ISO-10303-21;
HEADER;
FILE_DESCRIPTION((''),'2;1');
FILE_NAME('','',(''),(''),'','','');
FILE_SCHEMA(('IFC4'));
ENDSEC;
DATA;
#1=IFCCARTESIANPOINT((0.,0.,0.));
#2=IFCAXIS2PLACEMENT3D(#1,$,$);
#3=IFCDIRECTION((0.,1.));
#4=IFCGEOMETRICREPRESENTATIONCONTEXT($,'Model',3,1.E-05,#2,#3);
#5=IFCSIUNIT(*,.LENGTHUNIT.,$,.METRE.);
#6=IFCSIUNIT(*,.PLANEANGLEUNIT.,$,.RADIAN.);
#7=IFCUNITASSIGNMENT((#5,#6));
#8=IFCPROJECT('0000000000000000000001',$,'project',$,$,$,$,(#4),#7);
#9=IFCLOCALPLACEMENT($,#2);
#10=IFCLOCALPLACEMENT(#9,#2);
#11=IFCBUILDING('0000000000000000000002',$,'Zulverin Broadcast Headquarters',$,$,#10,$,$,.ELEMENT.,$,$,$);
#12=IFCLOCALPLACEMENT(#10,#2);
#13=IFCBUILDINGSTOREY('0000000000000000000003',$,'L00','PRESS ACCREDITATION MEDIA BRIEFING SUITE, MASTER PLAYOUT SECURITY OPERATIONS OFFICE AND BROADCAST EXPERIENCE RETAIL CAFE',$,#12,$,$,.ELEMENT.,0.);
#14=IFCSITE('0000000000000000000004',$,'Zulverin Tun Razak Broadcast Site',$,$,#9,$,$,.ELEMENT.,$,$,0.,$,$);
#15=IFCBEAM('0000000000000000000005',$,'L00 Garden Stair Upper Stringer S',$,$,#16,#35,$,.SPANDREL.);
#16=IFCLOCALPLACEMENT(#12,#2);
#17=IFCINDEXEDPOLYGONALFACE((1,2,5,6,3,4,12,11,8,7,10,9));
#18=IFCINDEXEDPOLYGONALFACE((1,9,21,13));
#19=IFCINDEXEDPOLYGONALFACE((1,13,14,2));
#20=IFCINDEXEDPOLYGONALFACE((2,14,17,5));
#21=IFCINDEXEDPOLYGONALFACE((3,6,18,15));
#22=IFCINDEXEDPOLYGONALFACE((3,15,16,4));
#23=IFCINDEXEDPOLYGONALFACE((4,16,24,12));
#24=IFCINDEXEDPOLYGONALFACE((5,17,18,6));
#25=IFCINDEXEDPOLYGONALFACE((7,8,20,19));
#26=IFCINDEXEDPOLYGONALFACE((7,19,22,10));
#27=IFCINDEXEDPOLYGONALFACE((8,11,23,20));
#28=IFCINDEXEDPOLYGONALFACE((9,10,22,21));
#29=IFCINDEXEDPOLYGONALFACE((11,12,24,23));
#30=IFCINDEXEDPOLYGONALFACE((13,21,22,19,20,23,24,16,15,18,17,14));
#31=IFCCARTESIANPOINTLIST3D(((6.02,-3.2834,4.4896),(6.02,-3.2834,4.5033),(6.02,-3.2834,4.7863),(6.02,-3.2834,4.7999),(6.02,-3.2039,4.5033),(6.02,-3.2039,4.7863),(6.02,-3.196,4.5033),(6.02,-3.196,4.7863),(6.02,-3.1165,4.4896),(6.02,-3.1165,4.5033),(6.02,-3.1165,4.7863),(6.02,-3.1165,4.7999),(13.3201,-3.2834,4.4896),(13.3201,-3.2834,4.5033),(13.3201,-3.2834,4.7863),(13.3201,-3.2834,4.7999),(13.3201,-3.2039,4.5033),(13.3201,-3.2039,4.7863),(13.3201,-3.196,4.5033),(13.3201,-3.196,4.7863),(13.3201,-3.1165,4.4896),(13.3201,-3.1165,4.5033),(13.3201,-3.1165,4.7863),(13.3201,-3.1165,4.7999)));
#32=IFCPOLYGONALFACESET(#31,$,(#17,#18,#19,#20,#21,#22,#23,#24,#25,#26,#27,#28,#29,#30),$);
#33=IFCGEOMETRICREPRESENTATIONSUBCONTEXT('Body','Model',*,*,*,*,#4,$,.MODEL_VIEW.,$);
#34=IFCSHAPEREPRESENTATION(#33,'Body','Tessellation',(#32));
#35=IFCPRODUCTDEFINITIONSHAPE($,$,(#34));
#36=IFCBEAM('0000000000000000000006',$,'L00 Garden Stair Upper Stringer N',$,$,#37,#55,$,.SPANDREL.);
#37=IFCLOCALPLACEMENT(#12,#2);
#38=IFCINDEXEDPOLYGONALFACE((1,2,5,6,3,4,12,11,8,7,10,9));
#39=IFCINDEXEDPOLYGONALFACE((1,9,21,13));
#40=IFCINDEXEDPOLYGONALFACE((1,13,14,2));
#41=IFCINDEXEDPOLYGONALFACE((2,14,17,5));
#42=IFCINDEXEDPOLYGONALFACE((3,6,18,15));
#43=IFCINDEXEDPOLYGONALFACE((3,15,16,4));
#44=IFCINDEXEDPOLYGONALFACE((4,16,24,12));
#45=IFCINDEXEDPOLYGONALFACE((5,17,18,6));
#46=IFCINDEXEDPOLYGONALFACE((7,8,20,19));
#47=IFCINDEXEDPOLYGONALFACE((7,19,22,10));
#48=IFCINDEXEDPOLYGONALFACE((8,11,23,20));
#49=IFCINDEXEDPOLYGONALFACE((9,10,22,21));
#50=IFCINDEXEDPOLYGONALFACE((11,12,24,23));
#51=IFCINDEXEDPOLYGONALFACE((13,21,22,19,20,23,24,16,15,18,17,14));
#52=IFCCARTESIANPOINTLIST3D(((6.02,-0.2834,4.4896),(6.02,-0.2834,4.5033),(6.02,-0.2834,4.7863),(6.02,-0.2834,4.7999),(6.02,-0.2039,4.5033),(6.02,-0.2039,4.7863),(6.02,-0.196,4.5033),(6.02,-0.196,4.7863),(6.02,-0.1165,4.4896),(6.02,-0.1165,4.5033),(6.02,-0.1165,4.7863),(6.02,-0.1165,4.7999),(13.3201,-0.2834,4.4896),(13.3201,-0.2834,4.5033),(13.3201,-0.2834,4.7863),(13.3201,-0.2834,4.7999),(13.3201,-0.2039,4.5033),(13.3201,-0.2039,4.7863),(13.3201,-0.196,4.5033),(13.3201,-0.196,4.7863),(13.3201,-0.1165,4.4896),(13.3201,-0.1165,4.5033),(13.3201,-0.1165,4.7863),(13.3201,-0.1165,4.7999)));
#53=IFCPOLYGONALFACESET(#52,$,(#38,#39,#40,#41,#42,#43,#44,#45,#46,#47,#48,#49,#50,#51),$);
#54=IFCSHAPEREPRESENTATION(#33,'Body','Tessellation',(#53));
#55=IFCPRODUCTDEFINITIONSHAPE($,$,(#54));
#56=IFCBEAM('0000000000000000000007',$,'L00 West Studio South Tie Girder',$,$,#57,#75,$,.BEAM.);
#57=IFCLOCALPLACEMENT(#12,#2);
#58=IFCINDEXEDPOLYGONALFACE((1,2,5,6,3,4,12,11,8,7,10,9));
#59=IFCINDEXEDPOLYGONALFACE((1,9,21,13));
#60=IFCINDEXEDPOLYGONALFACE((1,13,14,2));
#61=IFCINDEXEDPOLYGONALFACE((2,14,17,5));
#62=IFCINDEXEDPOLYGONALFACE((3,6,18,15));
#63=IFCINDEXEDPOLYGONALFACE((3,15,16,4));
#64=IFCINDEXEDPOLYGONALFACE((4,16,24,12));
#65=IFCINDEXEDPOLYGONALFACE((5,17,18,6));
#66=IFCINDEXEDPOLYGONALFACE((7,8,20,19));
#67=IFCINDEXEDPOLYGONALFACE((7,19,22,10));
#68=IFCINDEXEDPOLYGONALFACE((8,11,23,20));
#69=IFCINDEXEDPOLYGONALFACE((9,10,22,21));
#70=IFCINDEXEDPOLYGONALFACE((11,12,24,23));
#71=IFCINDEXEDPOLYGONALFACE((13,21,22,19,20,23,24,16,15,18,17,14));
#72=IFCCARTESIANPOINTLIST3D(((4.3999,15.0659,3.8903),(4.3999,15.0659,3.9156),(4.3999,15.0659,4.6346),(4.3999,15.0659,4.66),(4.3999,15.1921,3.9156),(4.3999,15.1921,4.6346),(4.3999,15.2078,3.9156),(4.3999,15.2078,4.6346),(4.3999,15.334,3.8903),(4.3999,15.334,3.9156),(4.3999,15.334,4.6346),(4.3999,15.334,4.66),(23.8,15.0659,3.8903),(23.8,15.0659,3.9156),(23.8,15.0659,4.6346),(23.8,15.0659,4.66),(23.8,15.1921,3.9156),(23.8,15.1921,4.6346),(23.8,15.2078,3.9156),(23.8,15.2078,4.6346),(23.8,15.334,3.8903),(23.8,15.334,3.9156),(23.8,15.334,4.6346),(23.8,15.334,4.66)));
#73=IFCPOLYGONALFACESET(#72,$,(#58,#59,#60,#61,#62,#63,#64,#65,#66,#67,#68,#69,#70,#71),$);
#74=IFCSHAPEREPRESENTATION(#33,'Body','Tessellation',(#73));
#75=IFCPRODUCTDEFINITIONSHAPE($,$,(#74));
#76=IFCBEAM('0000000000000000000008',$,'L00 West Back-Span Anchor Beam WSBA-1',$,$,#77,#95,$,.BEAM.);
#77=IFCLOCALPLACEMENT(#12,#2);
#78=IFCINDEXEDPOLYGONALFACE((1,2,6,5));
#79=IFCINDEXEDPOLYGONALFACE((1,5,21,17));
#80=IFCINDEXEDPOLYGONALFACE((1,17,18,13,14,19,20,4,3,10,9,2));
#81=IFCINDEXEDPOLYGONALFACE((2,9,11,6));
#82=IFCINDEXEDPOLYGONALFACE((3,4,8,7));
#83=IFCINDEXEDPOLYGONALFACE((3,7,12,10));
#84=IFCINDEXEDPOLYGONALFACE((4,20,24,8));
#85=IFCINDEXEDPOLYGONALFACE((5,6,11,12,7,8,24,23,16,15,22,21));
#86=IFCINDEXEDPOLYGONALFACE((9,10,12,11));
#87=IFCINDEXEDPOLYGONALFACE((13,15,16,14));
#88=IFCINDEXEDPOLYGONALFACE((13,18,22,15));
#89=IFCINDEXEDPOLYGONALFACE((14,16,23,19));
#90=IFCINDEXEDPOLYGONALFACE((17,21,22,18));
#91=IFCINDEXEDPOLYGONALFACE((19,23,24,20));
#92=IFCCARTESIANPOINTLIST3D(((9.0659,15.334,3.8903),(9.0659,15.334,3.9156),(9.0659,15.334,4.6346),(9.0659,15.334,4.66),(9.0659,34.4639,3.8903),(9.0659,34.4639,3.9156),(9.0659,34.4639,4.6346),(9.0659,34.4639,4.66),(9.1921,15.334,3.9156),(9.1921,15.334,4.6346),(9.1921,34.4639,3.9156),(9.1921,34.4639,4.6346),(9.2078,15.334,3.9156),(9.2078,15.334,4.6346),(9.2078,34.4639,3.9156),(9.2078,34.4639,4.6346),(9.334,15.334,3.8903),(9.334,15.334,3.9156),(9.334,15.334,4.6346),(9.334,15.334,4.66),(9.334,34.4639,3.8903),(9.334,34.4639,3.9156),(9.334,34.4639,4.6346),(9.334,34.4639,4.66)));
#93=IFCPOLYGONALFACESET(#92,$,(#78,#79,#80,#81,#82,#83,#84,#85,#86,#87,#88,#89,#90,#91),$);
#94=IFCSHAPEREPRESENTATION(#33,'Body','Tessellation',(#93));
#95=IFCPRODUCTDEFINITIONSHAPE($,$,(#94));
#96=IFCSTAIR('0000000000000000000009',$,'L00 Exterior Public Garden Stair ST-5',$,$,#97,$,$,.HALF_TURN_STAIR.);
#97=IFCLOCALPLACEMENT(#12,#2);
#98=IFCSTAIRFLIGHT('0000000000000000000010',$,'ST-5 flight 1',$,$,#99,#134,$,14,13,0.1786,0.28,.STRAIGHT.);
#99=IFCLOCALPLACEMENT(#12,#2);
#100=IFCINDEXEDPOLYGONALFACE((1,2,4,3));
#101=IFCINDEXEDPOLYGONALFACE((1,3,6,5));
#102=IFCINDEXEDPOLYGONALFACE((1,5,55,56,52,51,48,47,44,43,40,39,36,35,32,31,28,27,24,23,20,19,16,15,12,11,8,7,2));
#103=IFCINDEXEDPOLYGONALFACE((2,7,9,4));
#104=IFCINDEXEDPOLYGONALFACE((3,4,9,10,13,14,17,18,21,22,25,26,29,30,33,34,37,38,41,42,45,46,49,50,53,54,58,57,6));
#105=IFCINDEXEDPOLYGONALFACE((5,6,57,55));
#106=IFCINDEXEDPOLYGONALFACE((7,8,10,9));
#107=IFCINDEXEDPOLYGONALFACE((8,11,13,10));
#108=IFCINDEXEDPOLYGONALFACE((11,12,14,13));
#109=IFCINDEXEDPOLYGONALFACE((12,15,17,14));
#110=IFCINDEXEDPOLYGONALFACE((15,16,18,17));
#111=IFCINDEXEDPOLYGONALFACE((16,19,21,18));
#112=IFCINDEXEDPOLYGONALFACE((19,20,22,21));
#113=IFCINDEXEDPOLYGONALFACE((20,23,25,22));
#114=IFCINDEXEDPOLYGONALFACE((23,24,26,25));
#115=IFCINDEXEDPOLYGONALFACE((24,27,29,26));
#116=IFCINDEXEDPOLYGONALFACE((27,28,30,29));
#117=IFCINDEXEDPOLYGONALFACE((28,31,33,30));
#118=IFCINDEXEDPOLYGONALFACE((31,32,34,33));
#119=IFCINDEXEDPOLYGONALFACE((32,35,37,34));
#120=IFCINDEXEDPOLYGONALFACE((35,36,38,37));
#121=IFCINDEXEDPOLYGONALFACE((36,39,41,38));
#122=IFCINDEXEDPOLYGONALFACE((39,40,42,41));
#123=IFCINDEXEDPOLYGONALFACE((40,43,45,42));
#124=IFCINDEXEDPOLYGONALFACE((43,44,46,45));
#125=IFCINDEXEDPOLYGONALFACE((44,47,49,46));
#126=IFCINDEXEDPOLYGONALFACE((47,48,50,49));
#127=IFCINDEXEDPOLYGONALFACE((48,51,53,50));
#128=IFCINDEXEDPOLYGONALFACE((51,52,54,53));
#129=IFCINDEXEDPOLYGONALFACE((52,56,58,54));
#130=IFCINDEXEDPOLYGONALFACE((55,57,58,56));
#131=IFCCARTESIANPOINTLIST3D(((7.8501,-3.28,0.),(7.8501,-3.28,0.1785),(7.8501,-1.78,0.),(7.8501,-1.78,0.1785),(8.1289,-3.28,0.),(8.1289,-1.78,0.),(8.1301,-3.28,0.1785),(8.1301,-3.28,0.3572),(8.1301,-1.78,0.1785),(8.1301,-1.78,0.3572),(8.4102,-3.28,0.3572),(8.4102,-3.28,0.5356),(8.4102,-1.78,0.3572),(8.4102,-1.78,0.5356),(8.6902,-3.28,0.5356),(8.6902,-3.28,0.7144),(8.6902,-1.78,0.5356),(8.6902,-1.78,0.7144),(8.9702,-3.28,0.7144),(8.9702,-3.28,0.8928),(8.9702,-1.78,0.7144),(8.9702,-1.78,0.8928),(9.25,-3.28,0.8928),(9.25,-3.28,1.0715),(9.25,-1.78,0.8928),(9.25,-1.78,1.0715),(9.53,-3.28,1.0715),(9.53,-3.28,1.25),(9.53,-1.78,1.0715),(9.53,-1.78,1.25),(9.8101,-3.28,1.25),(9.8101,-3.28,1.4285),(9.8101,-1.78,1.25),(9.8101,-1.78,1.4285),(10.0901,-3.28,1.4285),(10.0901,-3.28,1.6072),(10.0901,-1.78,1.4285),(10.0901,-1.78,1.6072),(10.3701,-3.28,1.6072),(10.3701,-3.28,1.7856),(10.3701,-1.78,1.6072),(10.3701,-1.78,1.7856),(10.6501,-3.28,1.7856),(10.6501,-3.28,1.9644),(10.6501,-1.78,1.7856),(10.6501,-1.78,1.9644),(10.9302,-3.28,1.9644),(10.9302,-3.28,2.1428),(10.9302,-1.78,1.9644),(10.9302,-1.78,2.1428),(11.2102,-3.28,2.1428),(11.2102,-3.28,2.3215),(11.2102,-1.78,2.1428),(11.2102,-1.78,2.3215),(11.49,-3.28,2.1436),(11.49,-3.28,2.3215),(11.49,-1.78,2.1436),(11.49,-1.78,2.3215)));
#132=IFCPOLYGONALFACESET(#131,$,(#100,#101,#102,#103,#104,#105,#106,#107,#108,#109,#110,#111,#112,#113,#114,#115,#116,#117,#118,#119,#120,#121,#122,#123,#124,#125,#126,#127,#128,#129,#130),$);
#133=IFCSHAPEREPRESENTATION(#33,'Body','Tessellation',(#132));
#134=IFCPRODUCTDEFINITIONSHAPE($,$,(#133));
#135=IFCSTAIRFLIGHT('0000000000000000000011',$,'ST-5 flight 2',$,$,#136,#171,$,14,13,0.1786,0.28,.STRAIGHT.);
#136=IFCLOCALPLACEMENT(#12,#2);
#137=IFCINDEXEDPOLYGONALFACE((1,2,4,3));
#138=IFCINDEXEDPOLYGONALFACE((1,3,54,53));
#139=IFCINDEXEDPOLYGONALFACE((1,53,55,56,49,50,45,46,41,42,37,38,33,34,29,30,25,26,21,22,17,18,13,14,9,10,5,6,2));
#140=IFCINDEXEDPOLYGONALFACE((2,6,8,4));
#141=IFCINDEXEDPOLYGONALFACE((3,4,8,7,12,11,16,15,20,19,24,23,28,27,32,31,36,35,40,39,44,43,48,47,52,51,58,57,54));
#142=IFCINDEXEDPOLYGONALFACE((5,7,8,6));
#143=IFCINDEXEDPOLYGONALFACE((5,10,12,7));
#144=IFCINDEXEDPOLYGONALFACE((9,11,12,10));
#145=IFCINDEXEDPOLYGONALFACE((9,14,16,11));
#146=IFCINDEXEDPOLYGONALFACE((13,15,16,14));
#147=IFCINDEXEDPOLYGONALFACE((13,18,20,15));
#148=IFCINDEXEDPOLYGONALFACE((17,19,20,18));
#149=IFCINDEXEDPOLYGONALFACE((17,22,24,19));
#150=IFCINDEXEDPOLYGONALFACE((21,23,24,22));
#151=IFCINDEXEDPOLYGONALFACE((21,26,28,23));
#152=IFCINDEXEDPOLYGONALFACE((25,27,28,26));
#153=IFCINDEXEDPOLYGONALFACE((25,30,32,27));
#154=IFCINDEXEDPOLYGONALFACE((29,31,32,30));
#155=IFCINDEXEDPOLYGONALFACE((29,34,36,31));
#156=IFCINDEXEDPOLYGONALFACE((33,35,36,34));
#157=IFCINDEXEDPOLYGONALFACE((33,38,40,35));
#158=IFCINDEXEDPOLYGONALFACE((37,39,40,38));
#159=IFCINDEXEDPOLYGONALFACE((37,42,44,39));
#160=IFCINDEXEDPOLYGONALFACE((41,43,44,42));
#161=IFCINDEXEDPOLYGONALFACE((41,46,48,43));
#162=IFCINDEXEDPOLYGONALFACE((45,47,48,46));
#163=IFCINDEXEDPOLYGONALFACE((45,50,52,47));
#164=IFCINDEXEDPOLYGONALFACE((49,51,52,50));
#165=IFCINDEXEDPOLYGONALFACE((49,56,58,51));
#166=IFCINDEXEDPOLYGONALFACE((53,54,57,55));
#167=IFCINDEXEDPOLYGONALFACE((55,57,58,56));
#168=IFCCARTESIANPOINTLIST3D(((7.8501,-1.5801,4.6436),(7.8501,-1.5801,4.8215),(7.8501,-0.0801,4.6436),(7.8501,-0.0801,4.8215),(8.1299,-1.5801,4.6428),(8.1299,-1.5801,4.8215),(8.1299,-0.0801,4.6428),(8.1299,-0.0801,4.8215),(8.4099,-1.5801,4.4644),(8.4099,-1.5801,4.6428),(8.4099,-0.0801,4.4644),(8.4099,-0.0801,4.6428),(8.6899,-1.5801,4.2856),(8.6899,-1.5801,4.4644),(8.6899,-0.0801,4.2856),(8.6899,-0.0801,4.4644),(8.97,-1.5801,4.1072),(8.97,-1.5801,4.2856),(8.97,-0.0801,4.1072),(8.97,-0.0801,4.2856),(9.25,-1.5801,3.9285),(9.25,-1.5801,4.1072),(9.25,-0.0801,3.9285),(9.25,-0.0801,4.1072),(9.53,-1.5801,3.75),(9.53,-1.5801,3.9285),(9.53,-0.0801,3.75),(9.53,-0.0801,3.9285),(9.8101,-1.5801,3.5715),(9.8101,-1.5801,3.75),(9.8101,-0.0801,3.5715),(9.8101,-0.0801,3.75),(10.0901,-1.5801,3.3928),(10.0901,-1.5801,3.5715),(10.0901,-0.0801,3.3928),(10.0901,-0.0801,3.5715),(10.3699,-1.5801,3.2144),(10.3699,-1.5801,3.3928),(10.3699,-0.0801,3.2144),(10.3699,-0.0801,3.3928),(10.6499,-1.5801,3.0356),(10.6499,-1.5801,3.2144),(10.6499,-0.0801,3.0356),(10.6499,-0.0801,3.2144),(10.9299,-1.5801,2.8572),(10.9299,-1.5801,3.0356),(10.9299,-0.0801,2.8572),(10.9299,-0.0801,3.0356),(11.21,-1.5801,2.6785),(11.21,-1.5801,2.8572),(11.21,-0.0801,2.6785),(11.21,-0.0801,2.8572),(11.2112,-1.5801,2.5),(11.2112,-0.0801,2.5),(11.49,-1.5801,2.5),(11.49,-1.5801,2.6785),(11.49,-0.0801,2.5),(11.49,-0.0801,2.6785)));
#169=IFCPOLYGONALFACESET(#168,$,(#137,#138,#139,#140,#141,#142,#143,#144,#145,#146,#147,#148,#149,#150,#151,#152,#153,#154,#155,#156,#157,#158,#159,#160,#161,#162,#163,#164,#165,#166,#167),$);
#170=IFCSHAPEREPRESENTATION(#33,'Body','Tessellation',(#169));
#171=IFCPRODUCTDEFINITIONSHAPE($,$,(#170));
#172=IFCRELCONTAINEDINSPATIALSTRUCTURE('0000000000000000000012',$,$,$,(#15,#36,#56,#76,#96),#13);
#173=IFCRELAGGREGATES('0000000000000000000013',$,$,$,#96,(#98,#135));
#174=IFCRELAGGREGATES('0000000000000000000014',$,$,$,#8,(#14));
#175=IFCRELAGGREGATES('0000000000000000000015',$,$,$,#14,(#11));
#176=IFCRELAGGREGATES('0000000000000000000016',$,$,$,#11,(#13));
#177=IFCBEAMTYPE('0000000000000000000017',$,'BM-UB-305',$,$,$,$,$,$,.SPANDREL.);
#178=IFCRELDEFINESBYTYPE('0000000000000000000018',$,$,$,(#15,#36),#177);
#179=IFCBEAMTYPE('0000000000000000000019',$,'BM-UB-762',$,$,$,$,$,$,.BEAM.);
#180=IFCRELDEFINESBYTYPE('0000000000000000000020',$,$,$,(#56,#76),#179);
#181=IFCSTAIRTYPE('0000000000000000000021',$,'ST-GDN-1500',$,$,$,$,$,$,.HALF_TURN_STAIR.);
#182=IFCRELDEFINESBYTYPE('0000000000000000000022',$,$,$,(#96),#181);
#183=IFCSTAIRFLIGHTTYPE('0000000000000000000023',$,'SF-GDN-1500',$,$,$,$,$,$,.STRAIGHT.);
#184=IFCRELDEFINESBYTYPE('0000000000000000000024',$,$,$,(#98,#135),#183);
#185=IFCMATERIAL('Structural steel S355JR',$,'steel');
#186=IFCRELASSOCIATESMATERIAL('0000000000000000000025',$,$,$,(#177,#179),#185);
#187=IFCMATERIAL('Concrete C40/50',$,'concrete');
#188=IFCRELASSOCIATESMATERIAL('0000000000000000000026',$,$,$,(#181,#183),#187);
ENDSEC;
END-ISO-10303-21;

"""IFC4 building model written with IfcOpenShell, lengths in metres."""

from ifc_helpers import new_model, si_unit, direction, frame, origin, origin_2d, place, context, subcontext, project, spatial, polyline, i_section, outline, extrude, material, material_profile, profile_set, type_object, element, aggregate, save


model = new_model("IFC4")

# Units and contexts
model_context = context("Model", 3, precision=1e-05, world=origin(), true_north=direction((0.0, 1.0)))
body_context = subcontext(model_context, "Body", "Model", "MODEL_VIEW")
ifc_project = project(units=[si_unit("LENGTHUNIT", "METRE"), si_unit("PLANEANGLEUNIT", "RADIAN")], contexts=[model_context])

# Site, building, storey
site_placement = place(None, origin())
site = spatial("IfcSite", under=ifc_project, at=site_placement, Name="Zulverin Tun Razak Broadcast Site", CompositionType="ELEMENT", RefElevation=0.0)
building_placement = place(site_placement, origin())
building = spatial("IfcBuilding", under=site, at=building_placement, Name="Zulverin Broadcast Headquarters", CompositionType="ELEMENT")
storey_placement = place(building_placement, origin())
storey = spatial("IfcBuildingStorey", under=building, at=storey_placement, Name="L00", Description="PRESS ACCREDITATION MEDIA BRIEFING SUITE, MASTER PLAYOUT SECURITY OPERATIONS OFFICE AND BROADCAST EXPERIENCE RETAIL CAFE", CompositionType="ELEMENT", Elevation=0.0)

# Shared definitions
ifc_material_1 = material(Name="Structural steel S355JR", Category="steel")

# Beams
ifc_material_2 = material(Name="Concrete C40/50", Category="concrete")
ifc_material_profile_1 = material_profile(ifc_material_1, i_section(OverallWidth=0.167, OverallDepth=0.3103, WebThickness=0.0078, FlangeThickness=0.0137, at=origin_2d()), Name="Structural steel S355JR", Category="steel")
ifc_profile_set_1 = profile_set([ifc_material_profile_1], Name="Structural steel S355JR")
beam_type_1 = type_object("IfcBeamType", Name="BM-UB-305", PredefinedType="SPANDREL", material=ifc_profile_set_1)
for number, where, z_axis, x_axis, name in (
    (1, (6.02, -3.2, 4.6448), (1.0, 0.0, 0.0), (0.0, 1.0, 0.0), "L00 Garden Stair Upper Stringer S"),
    (2, (6.02, -0.2, 4.6448), (1.0, 0.0, 0.0), (0.0, 1.0, 0.0), "L00 Garden Stair Upper Stringer N"),
):
    element("IfcBeam", number, at=place(storey_placement, frame(where, z_axis=z_axis, x_axis=x_axis)), inside=storey, type_object=beam_type_1, Name=name, PredefinedType="SPANDREL", context=body_context, shape_type="SweptSolid", body=[
        extrude(i_section(OverallWidth=0.167, OverallDepth=0.3103, WebThickness=0.0078, FlangeThickness=0.0137, at=origin_2d()), origin(), (0.0, 0.0, 1.0), 7.3),
    ])
ifc_material_profile_2 = material_profile(ifc_material_1, i_section(OverallWidth=0.2681, OverallDepth=0.7698, WebThickness=0.0156, FlangeThickness=0.0254, at=origin_2d()), Name="Structural steel S355JR", Category="steel")
ifc_profile_set_2 = profile_set([ifc_material_profile_2], Name="Structural steel S355JR")
beam_type_2 = type_object("IfcBeamType", Name="BM-UB-762", PredefinedType="BEAM", material=ifc_profile_set_2)
beam_1_placement = place(storey_placement, frame((4.3999, 15.2, 4.2751), z_axis=(1.0, 0.0, 0.0), x_axis=(0.0, 1.0, 0.0)))
element("IfcBeam", 3, at=beam_1_placement, inside=storey, type_object=beam_type_2, Name="L00 West Studio South Tie Girder", PredefinedType="BEAM", context=body_context, shape_type="SweptSolid", body=[
    extrude(i_section(OverallWidth=0.2681, OverallDepth=0.7698, WebThickness=0.0156, FlangeThickness=0.0254, at=origin_2d()), origin(), (0.0, 0.0, 1.0), 19.4001),
])
beam_2_placement = place(storey_placement, frame((9.2, 15.334, 4.2751), z_axis=(0.0, 1.0, 0.0), x_axis=(-1.0, 0.0, 0.0)))
element("IfcBeam", 4, at=beam_2_placement, inside=storey, type_object=beam_type_2, Name="L00 West Back-Span Anchor Beam WSBA-1", PredefinedType="BEAM", context=body_context, shape_type="SweptSolid", body=[
    extrude(i_section(OverallWidth=0.2681, OverallDepth=0.7698, WebThickness=0.0156, FlangeThickness=0.0254, at=origin_2d()), origin(), (0.0, 0.0, 1.0), 19.1299),
])

# Stair, stair flights
stair_type = type_object("IfcStairType", Name="ST-GDN-1500", PredefinedType="HALF_TURN_STAIR", material=ifc_material_2)
stair_placement = place(storey_placement, origin())
stair = element("IfcStair", 5, at=stair_placement, inside=storey, type_object=stair_type, Name="L00 Exterior Public Garden Stair ST-5", PredefinedType="HALF_TURN_STAIR")
stair_flight_type = type_object("IfcStairFlightType", Name="SF-GDN-1500", PredefinedType="STRAIGHT", material=ifc_material_2)
stair_flight_1_placement = place(storey_placement, frame((7.8501, -2.53, 0.0), z_axis=(0.0, 0.0, 1.0), x_axis=(1.0, 0.0, 0.0)))
stair_flight_1 = element("IfcStairFlight", 6, at=stair_flight_1_placement, type_object=stair_flight_type, Name="ST-5 flight 1", NumberOfRisers=14, NumberOfTreads=13, PredefinedType="STRAIGHT", RiserHeight=0.1786, TreadLength=0.28, context=body_context, shape_type="SweptSolid", body=[
    extrude(outline(polyline([(0.0, 0.0), (0.0, 0.1785), (0.28, 0.1785), (0.28, 0.3572), (0.5601, 0.3572), (0.5601, 0.5356), (0.8401, 0.5356), (0.8401, 0.7144), (1.1201, 0.7144), (1.1201, 0.8928), (1.3999, 0.8928), (1.3999, 1.0715), (1.6799, 1.0715), (1.6799, 1.25), (1.96, 1.25), (1.96, 1.4285), (2.24, 1.4285), (2.24, 1.6072), (2.52, 1.6072), (2.52, 1.7856), (2.8, 1.7856), (2.8, 1.9644), (3.0801, 1.9644), (3.0801, 2.1428), (3.3601, 2.1428), (3.3601, 2.3215), (3.6399, 2.3215), (3.6399, 2.5), (3.6399, 2.1436), (0.2788, 0.0), (0.0, 0.0)])), frame((0.0, 0.75, 0.0), z_axis=(0.0, -1.0, 0.0), x_axis=(1.0, 0.0, 0.0)), (0.0, 0.0, 1.0), 1.5),
])
stair_flight_2_placement = place(storey_placement, frame((11.49, -0.8301, 2.5), z_axis=(0.0, 0.0, 1.0), x_axis=(-1.0, 0.0, 0.0)))
stair_flight_2 = element("IfcStairFlight", 7, at=stair_flight_2_placement, type_object=stair_flight_type, Name="ST-5 flight 2", NumberOfRisers=14, NumberOfTreads=13, PredefinedType="STRAIGHT", RiserHeight=0.1786, TreadLength=0.28, context=body_context, shape_type="SweptSolid", body=[
    extrude(outline(polyline([(0.0, 0.0), (0.0, 0.1785), (0.28, 0.1785), (0.28, 0.3572), (0.5601, 0.3572), (0.5601, 0.5356), (0.8401, 0.5356), (0.8401, 0.7144), (1.1201, 0.7144), (1.1201, 0.8928), (1.3999, 0.8928), (1.3999, 1.0715), (1.6799, 1.0715), (1.6799, 1.25), (1.96, 1.25), (1.96, 1.4285), (2.24, 1.4285), (2.24, 1.6072), (2.52, 1.6072), (2.52, 1.7856), (2.8, 1.7856), (2.8, 1.9644), (3.0801, 1.9644), (3.0801, 2.1428), (3.3601, 2.1428), (3.3601, 2.3215), (3.6399, 2.3215), (3.6399, 2.5), (3.6399, 2.1436), (0.2788, 0.0), (0.0, 0.0)])), frame((0.0, 0.75, 0.0), z_axis=(0.0, -1.0, 0.0), x_axis=(1.0, 0.0, 0.0)), (0.0, 0.0, 1.0), 1.5),
])
aggregate(stair, [stair_flight_1, stair_flight_2])

save(model, "model.ifc")
